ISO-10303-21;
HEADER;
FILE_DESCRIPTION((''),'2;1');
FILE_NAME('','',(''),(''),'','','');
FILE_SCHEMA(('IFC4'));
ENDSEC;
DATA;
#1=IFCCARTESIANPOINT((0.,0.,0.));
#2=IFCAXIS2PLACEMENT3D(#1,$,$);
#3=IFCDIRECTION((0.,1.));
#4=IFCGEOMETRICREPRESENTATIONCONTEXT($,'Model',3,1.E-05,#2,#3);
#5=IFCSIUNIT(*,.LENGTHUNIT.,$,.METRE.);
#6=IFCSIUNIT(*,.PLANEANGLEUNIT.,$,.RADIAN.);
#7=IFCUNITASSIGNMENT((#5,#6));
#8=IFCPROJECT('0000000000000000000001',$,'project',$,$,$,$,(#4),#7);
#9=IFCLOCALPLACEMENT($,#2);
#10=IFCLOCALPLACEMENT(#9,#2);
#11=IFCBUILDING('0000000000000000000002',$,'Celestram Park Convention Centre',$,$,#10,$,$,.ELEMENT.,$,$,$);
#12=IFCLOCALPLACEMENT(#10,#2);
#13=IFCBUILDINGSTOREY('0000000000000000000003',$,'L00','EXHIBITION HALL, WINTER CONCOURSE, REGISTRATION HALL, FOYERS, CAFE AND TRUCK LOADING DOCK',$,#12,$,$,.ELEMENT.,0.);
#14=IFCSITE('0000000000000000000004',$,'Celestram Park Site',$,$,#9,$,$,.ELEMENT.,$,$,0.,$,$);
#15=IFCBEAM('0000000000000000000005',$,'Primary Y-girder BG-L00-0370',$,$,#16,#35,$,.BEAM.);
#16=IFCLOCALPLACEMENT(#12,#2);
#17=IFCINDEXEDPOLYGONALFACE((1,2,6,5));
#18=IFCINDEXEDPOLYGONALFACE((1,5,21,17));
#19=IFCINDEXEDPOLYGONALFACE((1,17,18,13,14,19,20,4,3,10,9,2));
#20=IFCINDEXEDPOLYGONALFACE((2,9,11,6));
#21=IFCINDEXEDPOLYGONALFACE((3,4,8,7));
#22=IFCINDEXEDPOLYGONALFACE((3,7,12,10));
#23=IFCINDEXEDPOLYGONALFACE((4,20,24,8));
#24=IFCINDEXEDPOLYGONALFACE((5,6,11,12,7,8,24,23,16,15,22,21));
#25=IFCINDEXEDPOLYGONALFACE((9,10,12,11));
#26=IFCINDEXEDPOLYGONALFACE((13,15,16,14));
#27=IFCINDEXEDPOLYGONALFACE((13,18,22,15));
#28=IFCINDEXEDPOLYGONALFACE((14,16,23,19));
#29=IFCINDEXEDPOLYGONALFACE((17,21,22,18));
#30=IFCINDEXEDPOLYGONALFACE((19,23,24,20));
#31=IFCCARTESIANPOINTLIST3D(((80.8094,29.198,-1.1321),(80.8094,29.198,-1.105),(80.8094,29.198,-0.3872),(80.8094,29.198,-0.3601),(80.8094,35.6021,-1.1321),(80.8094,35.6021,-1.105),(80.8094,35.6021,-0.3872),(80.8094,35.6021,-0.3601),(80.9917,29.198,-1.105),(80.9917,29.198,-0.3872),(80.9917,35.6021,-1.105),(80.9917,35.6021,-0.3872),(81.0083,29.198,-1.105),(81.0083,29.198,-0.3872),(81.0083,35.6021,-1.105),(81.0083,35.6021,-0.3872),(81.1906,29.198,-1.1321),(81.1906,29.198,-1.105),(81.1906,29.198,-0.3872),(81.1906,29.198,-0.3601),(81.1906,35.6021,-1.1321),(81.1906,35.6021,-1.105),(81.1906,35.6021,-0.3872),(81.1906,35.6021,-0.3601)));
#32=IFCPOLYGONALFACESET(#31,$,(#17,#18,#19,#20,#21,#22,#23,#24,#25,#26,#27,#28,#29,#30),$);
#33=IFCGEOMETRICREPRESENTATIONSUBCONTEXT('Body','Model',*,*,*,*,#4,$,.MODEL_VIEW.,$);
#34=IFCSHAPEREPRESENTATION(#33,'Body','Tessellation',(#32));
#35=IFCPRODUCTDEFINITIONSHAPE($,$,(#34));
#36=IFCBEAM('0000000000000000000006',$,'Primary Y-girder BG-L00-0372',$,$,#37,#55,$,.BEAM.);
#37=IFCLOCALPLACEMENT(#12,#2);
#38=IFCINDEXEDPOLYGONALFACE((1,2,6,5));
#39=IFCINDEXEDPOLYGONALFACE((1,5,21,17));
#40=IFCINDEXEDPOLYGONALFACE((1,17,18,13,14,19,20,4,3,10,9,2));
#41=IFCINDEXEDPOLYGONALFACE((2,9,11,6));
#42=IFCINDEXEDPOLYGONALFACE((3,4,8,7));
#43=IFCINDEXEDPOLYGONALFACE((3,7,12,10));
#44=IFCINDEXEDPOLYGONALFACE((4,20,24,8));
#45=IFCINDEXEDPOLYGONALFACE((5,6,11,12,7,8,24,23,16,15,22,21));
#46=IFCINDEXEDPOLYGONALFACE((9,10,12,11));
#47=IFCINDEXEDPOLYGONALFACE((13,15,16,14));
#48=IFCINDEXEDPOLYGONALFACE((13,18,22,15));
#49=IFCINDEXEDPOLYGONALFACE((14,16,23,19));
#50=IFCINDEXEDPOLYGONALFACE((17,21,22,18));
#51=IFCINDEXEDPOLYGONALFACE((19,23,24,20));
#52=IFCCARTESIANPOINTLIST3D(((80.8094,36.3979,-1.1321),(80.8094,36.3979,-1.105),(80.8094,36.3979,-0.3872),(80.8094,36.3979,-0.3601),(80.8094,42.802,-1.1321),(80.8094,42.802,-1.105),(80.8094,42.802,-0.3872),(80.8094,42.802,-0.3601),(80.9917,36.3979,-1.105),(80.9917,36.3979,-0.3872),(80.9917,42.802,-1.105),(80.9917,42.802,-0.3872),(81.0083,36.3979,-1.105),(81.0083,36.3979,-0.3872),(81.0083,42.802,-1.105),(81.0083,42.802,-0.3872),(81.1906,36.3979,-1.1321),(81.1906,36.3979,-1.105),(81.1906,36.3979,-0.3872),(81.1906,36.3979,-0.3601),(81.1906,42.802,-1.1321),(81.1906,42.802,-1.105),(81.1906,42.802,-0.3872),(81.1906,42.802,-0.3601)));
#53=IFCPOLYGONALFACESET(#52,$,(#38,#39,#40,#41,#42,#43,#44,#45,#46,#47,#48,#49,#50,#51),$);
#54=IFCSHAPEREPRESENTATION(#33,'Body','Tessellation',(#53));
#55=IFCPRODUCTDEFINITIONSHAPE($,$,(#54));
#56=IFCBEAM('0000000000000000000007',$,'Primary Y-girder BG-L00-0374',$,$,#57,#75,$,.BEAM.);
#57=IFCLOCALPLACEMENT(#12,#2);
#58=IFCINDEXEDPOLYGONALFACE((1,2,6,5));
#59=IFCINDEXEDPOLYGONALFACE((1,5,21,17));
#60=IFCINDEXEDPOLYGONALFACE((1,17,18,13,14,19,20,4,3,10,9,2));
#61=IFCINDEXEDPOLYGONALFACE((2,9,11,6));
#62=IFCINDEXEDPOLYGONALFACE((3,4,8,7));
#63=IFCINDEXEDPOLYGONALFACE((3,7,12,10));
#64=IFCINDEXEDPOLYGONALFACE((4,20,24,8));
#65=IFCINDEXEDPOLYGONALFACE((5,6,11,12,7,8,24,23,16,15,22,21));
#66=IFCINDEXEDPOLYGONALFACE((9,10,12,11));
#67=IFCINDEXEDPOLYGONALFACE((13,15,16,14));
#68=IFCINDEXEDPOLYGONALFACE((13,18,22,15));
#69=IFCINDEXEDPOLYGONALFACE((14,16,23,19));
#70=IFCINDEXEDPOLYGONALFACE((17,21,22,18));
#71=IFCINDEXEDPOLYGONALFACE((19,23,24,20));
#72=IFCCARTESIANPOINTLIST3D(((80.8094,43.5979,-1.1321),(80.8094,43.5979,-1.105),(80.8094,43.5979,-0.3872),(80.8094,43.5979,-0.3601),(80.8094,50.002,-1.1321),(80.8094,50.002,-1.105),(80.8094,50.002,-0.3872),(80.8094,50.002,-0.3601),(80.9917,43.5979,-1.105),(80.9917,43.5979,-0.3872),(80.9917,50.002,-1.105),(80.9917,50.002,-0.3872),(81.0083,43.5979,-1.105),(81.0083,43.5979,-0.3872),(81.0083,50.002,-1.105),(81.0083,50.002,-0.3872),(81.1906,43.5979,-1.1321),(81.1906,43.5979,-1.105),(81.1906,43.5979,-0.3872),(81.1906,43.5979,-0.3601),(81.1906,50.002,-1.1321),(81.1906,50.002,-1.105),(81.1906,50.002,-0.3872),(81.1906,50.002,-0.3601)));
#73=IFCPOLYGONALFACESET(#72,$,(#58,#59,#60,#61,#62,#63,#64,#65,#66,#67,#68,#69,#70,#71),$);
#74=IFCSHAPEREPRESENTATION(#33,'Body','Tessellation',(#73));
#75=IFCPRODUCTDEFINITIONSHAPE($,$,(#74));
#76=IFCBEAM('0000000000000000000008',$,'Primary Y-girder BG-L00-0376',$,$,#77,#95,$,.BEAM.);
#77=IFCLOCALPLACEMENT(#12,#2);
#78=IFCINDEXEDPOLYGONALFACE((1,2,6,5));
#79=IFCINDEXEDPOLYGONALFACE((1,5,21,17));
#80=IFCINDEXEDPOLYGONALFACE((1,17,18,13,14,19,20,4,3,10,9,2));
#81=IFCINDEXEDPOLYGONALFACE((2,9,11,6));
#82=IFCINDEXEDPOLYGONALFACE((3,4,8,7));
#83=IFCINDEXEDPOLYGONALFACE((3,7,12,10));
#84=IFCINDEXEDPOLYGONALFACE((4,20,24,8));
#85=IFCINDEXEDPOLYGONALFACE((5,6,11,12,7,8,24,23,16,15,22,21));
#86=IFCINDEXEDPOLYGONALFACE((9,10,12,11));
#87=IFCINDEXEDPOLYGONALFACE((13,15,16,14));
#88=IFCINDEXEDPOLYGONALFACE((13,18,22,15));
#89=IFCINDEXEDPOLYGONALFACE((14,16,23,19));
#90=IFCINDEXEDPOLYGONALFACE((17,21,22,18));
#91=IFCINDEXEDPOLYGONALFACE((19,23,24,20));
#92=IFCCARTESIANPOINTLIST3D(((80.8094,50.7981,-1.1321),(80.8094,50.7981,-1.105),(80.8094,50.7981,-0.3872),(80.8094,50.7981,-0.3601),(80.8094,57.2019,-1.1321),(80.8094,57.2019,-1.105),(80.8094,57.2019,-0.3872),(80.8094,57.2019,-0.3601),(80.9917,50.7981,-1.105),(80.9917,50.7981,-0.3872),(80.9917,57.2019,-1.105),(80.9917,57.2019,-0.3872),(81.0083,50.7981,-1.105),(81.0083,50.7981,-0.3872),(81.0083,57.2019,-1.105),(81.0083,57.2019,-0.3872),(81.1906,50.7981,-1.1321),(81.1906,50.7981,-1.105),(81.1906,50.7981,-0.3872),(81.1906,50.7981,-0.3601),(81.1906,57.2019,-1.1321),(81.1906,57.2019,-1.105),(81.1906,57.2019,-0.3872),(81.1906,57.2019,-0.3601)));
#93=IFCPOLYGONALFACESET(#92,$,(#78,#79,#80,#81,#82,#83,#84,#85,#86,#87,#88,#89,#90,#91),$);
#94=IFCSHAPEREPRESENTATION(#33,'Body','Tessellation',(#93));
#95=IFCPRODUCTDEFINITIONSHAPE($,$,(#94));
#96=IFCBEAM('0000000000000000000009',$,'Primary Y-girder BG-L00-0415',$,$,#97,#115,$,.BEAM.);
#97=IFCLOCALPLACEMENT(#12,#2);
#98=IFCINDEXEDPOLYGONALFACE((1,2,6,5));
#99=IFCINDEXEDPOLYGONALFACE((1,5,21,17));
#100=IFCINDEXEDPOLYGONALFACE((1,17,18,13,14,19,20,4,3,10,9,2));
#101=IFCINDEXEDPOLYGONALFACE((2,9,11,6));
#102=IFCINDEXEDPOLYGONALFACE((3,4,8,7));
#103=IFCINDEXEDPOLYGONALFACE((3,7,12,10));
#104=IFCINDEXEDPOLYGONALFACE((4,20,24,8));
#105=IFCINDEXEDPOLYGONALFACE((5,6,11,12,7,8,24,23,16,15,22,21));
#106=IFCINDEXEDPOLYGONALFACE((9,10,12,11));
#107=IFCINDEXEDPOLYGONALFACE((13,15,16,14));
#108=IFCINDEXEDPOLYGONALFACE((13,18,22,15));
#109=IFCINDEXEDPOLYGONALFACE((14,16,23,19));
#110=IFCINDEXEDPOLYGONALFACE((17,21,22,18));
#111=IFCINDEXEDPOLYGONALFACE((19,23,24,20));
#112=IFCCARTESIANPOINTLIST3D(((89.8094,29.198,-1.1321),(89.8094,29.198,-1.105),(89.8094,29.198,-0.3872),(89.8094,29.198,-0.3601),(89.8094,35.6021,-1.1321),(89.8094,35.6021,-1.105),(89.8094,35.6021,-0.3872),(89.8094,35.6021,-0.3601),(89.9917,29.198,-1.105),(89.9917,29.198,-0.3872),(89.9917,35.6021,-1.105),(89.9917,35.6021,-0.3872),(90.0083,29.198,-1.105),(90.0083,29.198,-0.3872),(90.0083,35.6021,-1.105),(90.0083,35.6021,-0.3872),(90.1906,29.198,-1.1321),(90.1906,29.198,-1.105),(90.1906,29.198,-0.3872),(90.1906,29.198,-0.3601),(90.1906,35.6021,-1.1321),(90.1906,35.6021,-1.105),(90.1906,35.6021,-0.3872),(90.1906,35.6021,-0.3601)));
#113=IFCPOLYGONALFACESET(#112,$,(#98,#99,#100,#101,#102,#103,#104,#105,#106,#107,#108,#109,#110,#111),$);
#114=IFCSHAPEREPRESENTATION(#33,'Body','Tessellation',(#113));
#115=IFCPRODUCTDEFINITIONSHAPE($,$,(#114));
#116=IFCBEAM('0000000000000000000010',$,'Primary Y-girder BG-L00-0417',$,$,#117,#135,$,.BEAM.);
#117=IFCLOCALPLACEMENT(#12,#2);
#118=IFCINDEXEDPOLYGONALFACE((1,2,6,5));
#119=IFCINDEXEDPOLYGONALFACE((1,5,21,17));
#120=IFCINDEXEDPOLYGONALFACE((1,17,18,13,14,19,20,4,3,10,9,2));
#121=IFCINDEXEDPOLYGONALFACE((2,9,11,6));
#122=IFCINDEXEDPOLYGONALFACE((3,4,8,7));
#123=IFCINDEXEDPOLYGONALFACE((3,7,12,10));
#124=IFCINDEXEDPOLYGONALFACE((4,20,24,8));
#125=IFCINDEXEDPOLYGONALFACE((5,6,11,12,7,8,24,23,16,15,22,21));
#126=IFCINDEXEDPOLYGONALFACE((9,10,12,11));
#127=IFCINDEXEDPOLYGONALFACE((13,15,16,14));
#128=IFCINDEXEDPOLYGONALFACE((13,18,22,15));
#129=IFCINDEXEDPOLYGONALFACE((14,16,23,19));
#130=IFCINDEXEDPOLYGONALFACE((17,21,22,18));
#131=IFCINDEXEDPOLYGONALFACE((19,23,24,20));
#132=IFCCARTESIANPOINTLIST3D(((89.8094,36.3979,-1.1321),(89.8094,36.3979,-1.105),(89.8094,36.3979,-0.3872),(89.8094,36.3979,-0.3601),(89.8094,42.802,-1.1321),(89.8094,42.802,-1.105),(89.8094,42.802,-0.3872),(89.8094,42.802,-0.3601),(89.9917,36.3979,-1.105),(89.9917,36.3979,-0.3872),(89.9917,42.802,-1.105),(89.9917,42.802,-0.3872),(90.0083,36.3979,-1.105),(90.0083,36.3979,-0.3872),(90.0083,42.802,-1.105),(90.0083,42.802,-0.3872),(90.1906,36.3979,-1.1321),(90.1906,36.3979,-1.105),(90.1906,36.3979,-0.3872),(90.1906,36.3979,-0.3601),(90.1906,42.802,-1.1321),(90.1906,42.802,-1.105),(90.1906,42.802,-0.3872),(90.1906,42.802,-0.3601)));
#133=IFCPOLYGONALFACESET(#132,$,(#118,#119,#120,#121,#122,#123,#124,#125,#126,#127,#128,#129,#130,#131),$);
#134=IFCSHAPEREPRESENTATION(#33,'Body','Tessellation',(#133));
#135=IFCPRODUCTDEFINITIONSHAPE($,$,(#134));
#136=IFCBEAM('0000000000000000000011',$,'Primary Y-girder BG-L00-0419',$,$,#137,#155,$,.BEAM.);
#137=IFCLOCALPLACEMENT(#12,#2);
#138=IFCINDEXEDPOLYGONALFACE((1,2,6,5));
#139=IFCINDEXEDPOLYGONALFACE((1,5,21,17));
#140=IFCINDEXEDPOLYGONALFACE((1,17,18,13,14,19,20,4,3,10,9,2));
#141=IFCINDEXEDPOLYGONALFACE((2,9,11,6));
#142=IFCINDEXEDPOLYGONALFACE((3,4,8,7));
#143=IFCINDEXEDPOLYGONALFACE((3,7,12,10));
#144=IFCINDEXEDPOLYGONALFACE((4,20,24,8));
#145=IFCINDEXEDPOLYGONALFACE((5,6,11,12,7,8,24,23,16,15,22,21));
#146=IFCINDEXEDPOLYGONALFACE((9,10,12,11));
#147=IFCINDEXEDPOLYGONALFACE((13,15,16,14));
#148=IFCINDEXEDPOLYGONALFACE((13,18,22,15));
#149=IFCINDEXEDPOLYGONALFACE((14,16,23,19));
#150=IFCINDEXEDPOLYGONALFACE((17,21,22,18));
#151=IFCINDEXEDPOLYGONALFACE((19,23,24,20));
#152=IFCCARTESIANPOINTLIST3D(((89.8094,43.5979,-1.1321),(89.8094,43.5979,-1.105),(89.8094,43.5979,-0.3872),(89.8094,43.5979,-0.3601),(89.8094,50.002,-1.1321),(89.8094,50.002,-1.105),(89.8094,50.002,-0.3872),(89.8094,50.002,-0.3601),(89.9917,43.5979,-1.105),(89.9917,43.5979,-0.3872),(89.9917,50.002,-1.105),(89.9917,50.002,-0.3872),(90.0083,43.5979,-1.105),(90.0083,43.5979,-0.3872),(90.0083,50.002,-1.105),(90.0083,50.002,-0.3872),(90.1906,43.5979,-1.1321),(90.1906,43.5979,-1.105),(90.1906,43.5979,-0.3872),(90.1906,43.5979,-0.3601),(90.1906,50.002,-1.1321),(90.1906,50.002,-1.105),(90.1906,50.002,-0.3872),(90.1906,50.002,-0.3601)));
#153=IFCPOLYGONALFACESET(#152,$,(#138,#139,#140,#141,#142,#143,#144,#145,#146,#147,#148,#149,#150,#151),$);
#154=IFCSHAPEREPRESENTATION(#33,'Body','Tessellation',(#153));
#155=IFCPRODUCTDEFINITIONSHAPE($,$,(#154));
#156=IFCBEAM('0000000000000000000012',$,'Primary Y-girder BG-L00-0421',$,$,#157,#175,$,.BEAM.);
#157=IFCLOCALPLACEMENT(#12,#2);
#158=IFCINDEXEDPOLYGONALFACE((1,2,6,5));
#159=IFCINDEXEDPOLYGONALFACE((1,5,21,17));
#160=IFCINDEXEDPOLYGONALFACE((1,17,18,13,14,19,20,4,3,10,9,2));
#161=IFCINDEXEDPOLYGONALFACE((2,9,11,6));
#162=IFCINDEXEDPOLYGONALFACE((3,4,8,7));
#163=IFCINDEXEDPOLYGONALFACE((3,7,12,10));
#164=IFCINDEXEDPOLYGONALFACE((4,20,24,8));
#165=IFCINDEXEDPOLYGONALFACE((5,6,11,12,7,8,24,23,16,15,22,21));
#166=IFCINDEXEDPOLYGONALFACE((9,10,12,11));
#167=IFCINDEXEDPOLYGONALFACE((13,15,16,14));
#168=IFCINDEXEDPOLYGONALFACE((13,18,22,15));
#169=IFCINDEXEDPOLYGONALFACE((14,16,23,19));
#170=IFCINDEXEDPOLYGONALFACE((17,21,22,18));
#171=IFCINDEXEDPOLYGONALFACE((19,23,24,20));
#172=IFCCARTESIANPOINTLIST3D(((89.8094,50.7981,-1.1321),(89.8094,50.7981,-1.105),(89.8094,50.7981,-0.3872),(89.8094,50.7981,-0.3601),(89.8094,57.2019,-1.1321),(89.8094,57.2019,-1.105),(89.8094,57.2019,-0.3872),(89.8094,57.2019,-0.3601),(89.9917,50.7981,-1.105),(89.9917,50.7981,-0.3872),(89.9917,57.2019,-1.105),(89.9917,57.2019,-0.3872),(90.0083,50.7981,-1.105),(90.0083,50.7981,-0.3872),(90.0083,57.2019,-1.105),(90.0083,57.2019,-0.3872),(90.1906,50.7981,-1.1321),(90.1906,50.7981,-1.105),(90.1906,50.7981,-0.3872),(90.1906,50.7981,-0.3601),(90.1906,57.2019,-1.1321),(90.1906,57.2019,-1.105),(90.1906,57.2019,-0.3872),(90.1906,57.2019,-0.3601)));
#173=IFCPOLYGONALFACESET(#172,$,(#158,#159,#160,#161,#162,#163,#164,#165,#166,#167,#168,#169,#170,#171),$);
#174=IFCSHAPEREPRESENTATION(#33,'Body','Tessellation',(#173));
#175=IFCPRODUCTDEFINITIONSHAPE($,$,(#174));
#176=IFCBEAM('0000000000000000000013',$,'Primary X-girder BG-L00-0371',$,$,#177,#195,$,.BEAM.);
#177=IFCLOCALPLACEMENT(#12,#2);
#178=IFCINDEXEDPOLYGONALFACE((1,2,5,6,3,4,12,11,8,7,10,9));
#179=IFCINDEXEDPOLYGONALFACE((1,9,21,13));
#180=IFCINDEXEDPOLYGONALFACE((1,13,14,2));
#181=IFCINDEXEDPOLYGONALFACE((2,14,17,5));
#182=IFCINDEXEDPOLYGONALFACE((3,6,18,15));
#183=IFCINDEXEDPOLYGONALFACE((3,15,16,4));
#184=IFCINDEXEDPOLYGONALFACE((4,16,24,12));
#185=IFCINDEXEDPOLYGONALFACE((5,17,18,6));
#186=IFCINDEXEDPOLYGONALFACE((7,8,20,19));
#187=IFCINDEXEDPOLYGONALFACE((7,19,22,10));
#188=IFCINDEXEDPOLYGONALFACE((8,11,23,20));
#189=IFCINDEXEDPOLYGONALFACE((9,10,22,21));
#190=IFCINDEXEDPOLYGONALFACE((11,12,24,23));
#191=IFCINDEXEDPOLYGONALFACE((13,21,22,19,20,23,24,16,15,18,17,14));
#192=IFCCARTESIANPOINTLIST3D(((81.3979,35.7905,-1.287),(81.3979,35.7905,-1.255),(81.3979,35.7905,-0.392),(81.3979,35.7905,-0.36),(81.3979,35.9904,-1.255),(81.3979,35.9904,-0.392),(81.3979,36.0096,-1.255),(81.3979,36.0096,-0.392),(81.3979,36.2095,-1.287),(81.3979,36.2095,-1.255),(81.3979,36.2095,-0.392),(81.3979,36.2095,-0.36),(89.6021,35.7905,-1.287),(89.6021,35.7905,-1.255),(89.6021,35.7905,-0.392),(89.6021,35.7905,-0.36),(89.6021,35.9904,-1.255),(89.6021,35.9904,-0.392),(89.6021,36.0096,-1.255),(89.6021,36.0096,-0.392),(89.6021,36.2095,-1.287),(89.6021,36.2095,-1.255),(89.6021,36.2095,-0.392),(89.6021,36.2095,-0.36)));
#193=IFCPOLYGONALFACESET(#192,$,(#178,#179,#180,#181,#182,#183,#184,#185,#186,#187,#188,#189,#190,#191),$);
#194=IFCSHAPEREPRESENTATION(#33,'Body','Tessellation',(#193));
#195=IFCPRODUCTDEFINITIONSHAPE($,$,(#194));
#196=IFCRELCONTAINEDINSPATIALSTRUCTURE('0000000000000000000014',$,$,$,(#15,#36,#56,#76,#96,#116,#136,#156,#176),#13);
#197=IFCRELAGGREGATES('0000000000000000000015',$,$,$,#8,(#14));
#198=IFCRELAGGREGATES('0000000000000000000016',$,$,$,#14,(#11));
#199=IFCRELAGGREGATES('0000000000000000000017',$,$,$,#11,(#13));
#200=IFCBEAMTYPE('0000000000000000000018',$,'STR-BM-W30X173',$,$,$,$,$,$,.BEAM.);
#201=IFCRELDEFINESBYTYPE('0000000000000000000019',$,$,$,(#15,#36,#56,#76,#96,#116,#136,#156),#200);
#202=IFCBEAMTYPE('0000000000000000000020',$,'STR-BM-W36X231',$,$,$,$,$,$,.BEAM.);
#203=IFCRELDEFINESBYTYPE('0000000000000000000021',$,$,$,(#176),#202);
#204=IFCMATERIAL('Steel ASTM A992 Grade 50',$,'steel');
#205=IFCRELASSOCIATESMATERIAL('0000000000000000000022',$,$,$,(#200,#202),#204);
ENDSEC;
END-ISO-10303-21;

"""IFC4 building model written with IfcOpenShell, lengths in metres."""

from ifc_helpers import new_model, si_unit, direction, frame, origin, origin_2d, place, context, subcontext, project, spatial, i_section, extrude, material, material_profile, profile_set, type_object, element, save


model = new_model("IFC4")

# Units and contexts
model_context = context("Model", 3, precision=1e-05, world=origin(), true_north=direction((0.0, 1.0)))
body_context = subcontext(model_context, "Body", "Model", "MODEL_VIEW")
ifc_project = project(units=[si_unit("LENGTHUNIT", "METRE"), si_unit("PLANEANGLEUNIT", "RADIAN")], contexts=[model_context])

# Site, building, storey
site_placement = place(None, origin())
site = spatial("IfcSite", under=ifc_project, at=site_placement, Name="Celestram Park Site", CompositionType="ELEMENT", RefElevation=0.0)
building_placement = place(site_placement, origin())
building = spatial("IfcBuilding", under=site, at=building_placement, Name="Celestram Park Convention Centre", CompositionType="ELEMENT")
storey_placement = place(building_placement, origin())
storey = spatial("IfcBuildingStorey", under=building, at=storey_placement, Name="L00", Description="EXHIBITION HALL, WINTER CONCOURSE, REGISTRATION HALL, FOYERS, CAFE AND TRUCK LOADING DOCK", CompositionType="ELEMENT", Elevation=0.0)

# Beams
ifc_material_1 = material(Name="Steel ASTM A992 Grade 50", Category="steel")
ifc_material_profile_1 = material_profile(ifc_material_1, i_section(OverallWidth=0.3811, OverallDepth=0.772, WebThickness=0.0166, FlangeThickness=0.0271, at=origin_2d()), Name="W30X173")
ifc_profile_set_1 = profile_set([ifc_material_profile_1], Name="Steel ASTM A992 Grade 50")
beam_type_1 = type_object("IfcBeamType", Name="STR-BM-W30X173", PredefinedType="BEAM", material=ifc_profile_set_1)
for number, where, z_axis, x_axis, name in (
    (1, (81.0, 29.198, -0.7461), (0.0, 1.0, 0.0), (-1.0, 0.0, 0.0), "Primary Y-girder BG-L00-0370"),
    (2, (81.0, 36.3979, -0.7461), (0.0, 1.0, 0.0), (-1.0, 0.0, 0.0), "Primary Y-girder BG-L00-0372"),
    (3, (81.0, 43.5979, -0.7461), (0.0, 1.0, 0.0), (-1.0, 0.0, 0.0), "Primary Y-girder BG-L00-0374"),
):
    element("IfcBeam", number, at=place(storey_placement, frame(where, z_axis=z_axis, x_axis=x_axis)), inside=storey, type_object=beam_type_1, Name=name, PredefinedType="BEAM", context=body_context, shape_type="SweptSolid", body=[
        extrude(i_section(OverallWidth=0.3811, OverallDepth=0.772, WebThickness=0.0166, FlangeThickness=0.0271, at=origin_2d()), origin(), (0.0, 0.0, 1.0), 6.4041),
    ])
beam_1_placement = place(storey_placement, frame((81.0, 50.7981, -0.7461), z_axis=(0.0, 1.0, 0.0), x_axis=(-1.0, 0.0, 0.0)))
element("IfcBeam", 4, at=beam_1_placement, inside=storey, type_object=beam_type_1, Name="Primary Y-girder BG-L00-0376", PredefinedType="BEAM", context=body_context, shape_type="SweptSolid", body=[
    extrude(i_section(OverallWidth=0.3811, OverallDepth=0.772, WebThickness=0.0166, FlangeThickness=0.0271, at=origin_2d()), origin(), (0.0, 0.0, 1.0), 6.4038),
])
for number, where, z_axis, x_axis, name in (
    (5, (90.0, 29.198, -0.7461), (0.0, 1.0, 0.0), (-1.0, 0.0, 0.0), "Primary Y-girder BG-L00-0415"),
    (6, (90.0, 36.3979, -0.7461), (0.0, 1.0, 0.0), (-1.0, 0.0, 0.0), "Primary Y-girder BG-L00-0417"),
    (7, (90.0, 43.5979, -0.7461), (0.0, 1.0, 0.0), (-1.0, 0.0, 0.0), "Primary Y-girder BG-L00-0419"),
):
    element("IfcBeam", number, at=place(storey_placement, frame(where, z_axis=z_axis, x_axis=x_axis)), inside=storey, type_object=beam_type_1, Name=name, PredefinedType="BEAM", context=body_context, shape_type="SweptSolid", body=[
        extrude(i_section(OverallWidth=0.3811, OverallDepth=0.772, WebThickness=0.0166, FlangeThickness=0.0271, at=origin_2d()), origin(), (0.0, 0.0, 1.0), 6.4041),
    ])
beam_2_placement = place(storey_placement, frame((90.0, 50.7981, -0.7461), z_axis=(0.0, 1.0, 0.0), x_axis=(-1.0, 0.0, 0.0)))
element("IfcBeam", 8, at=beam_2_placement, inside=storey, type_object=beam_type_1, Name="Primary Y-girder BG-L00-0421", PredefinedType="BEAM", context=body_context, shape_type="SweptSolid", body=[
    extrude(i_section(OverallWidth=0.3811, OverallDepth=0.772, WebThickness=0.0166, FlangeThickness=0.0271, at=origin_2d()), origin(), (0.0, 0.0, 1.0), 6.4038),
])
ifc_material_profile_2 = material_profile(ifc_material_1, i_section(OverallWidth=0.4189, OverallDepth=0.927, WebThickness=0.0193, FlangeThickness=0.032, at=origin_2d()), Name="W36X231")
ifc_profile_set_2 = profile_set([ifc_material_profile_2], Name="Steel ASTM A992 Grade 50")
beam_type_2 = type_object("IfcBeamType", Name="STR-BM-W36X231", PredefinedType="BEAM", material=ifc_profile_set_2)
for number, where, z_axis, x_axis, name in (
    (9, (81.3979, 36.0, -0.8235), (1.0, 0.0, 0.0), (0.0, 1.0, 0.0), "Primary X-girder BG-L00-0371"),
):
    element("IfcBeam", number, at=place(storey_placement, frame(where, z_axis=z_axis, x_axis=x_axis)), inside=storey, type_object=beam_type_2, Name=name, PredefinedType="BEAM", context=body_context, shape_type="SweptSolid", body=[
        extrude(i_section(OverallWidth=0.4189, OverallDepth=0.927, WebThickness=0.0193, FlangeThickness=0.032, at=origin_2d()), origin(), (0.0, 0.0, 1.0), 8.2041),
    ])

save(model, "model.ifc")
